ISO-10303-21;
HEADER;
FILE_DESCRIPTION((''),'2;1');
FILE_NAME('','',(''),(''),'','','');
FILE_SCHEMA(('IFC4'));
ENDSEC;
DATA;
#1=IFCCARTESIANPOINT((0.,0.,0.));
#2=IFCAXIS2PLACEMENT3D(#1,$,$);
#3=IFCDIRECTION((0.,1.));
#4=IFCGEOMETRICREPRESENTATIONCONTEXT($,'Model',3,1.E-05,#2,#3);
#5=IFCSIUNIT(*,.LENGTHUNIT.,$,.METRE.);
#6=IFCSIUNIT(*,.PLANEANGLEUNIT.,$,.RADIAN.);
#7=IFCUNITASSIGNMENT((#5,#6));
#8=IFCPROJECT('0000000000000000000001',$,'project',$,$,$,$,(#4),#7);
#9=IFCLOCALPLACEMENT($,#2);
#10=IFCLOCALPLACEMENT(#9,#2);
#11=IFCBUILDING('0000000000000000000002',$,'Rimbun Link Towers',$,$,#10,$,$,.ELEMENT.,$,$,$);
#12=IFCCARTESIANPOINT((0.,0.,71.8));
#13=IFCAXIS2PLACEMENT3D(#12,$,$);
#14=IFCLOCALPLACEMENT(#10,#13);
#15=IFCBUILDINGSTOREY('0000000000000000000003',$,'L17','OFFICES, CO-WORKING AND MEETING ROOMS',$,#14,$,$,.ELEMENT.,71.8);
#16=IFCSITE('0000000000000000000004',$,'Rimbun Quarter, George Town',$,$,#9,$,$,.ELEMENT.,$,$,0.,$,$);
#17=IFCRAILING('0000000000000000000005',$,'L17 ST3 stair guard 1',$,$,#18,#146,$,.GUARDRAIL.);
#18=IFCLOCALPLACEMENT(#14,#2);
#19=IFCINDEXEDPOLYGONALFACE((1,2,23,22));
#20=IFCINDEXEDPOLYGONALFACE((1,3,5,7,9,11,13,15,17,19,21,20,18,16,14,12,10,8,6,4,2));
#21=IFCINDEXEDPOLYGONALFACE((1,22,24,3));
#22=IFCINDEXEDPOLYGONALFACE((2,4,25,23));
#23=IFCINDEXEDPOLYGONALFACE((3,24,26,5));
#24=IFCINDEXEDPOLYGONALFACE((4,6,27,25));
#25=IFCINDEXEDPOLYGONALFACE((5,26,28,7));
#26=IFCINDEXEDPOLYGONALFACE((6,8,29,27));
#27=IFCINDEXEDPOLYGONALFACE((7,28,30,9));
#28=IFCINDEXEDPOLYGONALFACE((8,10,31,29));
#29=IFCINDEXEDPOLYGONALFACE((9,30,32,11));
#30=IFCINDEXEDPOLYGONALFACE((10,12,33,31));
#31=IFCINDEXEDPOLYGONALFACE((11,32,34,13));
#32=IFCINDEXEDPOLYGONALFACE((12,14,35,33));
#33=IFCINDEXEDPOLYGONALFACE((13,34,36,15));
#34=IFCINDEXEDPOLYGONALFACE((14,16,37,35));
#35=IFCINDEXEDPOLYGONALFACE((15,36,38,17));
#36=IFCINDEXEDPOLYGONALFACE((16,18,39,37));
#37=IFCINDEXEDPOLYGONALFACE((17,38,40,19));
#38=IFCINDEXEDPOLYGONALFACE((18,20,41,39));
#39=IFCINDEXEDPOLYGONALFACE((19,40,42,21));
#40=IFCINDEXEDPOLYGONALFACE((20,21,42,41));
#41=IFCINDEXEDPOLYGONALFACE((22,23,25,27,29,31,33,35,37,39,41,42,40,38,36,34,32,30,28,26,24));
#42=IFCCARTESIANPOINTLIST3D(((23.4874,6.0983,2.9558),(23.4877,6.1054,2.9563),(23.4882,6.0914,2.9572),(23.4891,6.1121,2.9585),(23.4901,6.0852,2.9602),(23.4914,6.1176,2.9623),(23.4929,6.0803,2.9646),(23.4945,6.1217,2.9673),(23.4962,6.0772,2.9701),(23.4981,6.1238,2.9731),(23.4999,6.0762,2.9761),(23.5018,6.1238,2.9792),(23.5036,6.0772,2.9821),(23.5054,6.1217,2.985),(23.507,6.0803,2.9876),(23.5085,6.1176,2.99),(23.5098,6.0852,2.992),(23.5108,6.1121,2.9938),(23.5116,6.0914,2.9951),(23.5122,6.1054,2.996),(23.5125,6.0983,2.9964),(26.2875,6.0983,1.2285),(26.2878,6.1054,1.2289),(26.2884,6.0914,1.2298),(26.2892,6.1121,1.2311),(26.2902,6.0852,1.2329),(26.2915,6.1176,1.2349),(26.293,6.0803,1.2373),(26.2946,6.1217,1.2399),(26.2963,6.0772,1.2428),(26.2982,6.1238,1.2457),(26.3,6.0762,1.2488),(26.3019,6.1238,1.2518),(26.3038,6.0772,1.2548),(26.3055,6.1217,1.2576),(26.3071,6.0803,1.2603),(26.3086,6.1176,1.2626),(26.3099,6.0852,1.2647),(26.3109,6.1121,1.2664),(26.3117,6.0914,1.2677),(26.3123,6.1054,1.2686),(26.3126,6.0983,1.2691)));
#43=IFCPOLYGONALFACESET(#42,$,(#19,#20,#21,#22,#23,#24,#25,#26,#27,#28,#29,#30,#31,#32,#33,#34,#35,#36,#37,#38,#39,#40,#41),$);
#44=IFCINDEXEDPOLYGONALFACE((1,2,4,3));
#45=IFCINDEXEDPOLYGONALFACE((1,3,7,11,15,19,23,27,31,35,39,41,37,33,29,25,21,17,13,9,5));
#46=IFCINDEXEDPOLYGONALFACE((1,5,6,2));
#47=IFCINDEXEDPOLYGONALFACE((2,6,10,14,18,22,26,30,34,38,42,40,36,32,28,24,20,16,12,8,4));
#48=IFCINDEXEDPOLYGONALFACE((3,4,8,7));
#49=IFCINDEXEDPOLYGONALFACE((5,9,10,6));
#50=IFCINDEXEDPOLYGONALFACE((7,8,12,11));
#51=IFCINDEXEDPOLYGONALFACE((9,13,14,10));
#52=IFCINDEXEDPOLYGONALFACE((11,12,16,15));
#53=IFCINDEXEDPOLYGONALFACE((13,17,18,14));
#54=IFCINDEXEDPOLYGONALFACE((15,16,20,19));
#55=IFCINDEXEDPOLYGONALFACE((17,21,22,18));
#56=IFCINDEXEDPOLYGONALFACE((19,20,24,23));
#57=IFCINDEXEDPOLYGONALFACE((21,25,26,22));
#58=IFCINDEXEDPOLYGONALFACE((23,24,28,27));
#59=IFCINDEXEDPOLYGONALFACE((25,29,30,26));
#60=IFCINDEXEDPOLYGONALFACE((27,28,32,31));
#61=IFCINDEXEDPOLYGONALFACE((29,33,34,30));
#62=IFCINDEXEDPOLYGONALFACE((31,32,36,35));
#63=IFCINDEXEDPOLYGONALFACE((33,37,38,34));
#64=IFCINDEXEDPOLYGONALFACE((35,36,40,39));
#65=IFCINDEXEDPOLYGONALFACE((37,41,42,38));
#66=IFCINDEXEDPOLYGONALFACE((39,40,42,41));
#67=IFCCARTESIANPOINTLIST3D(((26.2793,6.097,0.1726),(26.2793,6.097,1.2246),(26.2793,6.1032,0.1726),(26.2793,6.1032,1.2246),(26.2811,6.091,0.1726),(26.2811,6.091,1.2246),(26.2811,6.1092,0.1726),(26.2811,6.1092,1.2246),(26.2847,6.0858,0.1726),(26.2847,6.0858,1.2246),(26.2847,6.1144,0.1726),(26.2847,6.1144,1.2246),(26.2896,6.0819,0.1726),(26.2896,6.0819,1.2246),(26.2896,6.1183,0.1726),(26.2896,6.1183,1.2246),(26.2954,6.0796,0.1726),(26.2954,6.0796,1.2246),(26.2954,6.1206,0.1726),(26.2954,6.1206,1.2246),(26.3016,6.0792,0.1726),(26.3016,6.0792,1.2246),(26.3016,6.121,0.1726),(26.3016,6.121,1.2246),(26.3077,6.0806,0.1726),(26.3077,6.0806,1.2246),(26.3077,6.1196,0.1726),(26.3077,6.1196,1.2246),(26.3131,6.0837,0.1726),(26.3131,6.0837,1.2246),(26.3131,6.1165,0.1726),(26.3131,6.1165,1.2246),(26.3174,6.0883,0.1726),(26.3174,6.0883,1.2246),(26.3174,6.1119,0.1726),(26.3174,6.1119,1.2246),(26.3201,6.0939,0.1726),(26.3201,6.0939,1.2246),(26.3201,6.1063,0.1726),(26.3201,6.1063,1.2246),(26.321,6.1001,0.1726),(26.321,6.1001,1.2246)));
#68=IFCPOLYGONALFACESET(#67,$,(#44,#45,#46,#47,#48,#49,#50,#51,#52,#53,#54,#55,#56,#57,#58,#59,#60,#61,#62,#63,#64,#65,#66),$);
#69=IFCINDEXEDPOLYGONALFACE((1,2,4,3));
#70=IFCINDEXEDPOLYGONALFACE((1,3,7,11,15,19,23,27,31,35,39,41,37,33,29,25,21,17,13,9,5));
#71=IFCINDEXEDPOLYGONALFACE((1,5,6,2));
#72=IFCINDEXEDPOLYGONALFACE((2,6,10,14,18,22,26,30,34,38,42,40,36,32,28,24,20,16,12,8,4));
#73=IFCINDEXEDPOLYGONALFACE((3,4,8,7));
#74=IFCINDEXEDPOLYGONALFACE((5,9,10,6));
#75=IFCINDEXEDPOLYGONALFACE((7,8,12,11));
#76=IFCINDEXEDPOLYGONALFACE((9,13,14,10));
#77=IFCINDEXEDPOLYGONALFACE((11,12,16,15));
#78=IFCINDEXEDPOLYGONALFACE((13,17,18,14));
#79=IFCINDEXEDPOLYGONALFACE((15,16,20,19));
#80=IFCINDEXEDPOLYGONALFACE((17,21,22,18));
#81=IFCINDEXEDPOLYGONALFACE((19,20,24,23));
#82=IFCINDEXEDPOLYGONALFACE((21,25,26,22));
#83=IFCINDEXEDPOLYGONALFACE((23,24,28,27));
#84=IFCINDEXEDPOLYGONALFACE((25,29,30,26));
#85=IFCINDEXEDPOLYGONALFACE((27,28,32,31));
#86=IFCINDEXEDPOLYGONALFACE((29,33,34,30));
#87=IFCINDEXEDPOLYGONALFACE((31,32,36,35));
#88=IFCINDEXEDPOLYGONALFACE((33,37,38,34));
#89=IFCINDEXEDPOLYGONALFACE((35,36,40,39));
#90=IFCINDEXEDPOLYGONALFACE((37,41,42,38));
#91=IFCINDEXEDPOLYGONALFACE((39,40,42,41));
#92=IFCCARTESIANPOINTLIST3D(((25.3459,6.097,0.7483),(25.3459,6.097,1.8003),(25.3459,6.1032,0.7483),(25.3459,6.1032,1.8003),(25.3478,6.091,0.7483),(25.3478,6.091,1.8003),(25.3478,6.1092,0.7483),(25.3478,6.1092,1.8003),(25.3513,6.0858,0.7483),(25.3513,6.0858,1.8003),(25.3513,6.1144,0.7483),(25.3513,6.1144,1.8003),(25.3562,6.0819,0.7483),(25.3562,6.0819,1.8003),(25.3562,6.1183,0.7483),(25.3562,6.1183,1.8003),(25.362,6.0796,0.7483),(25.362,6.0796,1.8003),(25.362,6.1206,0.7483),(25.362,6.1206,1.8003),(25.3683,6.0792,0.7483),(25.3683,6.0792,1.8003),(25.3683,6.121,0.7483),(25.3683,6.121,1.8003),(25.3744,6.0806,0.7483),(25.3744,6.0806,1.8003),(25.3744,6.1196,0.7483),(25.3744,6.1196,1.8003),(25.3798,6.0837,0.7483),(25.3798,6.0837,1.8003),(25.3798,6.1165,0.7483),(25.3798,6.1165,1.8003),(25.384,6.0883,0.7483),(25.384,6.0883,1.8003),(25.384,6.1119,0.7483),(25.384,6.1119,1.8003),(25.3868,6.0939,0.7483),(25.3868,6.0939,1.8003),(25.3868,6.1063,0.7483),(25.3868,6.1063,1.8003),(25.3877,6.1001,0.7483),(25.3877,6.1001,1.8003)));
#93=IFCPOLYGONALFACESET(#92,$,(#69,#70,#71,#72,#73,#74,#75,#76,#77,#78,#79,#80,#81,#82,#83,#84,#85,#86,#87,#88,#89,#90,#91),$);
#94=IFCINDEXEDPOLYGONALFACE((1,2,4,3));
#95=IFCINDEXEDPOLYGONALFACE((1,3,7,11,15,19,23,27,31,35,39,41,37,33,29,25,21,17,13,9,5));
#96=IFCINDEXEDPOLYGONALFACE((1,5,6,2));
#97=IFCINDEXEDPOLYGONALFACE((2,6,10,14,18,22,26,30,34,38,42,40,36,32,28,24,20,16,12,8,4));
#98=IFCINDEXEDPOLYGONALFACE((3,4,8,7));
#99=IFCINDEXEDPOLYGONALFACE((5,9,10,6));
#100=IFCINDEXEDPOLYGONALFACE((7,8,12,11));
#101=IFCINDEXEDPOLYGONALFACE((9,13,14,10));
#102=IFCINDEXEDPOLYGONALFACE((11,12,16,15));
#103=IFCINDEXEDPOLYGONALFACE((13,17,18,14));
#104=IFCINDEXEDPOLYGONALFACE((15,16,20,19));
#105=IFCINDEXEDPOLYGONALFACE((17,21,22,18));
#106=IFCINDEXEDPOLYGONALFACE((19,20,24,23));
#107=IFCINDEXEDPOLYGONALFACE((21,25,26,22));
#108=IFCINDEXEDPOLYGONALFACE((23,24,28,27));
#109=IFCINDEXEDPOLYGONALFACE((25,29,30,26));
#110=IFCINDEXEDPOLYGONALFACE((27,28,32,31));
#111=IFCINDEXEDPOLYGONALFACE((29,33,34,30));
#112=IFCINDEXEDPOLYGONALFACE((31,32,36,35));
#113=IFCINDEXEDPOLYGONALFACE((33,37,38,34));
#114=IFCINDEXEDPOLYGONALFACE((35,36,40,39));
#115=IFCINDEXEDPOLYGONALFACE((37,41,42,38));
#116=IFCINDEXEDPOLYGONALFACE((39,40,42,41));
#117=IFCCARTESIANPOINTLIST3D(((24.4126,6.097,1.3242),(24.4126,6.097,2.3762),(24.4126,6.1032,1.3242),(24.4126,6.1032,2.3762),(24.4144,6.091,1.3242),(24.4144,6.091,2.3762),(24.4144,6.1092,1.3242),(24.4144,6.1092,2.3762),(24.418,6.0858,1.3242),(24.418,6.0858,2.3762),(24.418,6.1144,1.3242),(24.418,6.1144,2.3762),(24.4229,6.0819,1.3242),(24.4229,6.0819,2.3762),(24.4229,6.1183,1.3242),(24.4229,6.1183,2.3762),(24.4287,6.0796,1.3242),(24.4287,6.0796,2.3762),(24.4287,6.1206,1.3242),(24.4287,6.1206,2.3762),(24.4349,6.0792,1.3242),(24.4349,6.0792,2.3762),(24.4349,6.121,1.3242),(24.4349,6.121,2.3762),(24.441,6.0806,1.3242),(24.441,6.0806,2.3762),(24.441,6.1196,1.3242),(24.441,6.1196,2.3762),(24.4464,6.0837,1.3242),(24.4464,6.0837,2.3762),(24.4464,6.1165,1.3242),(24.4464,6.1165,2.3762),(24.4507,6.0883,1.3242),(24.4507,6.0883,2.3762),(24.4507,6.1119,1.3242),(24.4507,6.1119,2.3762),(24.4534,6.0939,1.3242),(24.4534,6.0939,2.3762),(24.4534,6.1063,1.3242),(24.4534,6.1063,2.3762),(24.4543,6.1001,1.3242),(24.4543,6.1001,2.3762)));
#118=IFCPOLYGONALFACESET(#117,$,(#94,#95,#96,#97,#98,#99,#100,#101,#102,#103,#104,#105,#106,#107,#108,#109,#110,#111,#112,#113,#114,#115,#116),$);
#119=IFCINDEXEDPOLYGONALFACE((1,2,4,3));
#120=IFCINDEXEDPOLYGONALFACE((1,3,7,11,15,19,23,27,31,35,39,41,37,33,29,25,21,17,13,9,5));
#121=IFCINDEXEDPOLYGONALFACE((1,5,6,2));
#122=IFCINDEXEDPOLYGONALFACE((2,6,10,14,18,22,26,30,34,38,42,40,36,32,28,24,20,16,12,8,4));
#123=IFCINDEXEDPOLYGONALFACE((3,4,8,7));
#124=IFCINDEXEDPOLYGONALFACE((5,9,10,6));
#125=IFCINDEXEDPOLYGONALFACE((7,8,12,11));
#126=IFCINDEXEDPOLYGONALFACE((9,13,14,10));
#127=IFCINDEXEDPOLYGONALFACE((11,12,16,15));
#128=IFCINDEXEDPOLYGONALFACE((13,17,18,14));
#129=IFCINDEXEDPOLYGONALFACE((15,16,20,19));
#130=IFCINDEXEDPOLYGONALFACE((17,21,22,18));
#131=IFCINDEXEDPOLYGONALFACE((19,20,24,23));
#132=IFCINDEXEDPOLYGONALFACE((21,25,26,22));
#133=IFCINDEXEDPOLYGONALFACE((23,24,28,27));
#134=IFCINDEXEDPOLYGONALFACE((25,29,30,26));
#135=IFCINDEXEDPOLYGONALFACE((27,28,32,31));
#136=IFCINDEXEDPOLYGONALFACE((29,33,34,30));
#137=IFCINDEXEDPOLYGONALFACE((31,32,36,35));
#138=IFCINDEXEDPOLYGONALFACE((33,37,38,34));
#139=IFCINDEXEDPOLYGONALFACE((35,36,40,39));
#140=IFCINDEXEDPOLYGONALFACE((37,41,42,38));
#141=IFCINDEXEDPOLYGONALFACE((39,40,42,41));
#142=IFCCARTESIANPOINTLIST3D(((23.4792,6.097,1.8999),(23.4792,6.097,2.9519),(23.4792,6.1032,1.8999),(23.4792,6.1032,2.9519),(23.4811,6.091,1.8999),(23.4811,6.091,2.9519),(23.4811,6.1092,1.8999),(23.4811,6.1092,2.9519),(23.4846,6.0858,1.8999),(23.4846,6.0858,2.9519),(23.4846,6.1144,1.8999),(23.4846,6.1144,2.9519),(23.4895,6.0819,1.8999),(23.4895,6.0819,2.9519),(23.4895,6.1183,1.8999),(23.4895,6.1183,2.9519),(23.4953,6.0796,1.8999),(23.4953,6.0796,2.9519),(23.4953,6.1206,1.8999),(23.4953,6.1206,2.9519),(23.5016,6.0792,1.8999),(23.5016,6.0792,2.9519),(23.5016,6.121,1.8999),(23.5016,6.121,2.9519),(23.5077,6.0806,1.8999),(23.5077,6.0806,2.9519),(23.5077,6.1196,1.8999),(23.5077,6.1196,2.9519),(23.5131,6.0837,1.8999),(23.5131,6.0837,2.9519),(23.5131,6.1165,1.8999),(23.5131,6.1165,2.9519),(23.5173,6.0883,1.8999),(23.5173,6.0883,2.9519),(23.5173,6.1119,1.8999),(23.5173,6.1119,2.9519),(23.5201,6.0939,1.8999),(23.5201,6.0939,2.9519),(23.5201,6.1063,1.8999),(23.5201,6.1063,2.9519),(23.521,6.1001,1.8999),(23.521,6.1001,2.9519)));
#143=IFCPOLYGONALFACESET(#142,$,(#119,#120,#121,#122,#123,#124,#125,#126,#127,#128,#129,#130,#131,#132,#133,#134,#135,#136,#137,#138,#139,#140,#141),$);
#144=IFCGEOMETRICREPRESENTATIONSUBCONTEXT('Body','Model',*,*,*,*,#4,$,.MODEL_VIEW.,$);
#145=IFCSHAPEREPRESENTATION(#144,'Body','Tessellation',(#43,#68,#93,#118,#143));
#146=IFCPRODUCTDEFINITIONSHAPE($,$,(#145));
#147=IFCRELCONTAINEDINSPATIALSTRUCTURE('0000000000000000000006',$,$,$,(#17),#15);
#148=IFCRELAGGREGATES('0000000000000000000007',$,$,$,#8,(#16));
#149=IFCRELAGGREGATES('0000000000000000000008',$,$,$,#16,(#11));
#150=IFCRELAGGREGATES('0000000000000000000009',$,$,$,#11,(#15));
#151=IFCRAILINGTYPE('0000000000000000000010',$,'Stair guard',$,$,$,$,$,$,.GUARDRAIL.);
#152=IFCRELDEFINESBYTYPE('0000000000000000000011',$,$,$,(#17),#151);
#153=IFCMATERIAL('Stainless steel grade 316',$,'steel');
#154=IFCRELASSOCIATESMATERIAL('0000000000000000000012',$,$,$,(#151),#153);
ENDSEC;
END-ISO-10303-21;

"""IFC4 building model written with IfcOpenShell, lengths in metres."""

from ifc_helpers import new_model, si_unit, direction, frame, origin, origin_2d, place, context, subcontext, project, spatial, circle, extrude, material, type_object, element, save


model = new_model("IFC4")

# Units and contexts
model_context = context("Model", 3, precision=1e-05, world=origin(), true_north=direction((0.0, 1.0)))
body_context = subcontext(model_context, "Body", "Model", "MODEL_VIEW")
ifc_project = project(units=[si_unit("LENGTHUNIT", "METRE"), si_unit("PLANEANGLEUNIT", "RADIAN")], contexts=[model_context])

# Site, building, storey
site_placement = place(None, origin())
site = spatial("IfcSite", under=ifc_project, at=site_placement, Name="Rimbun Quarter, George Town", CompositionType="ELEMENT", RefElevation=0.0)
building_placement = place(site_placement, origin())
building = spatial("IfcBuilding", under=site, at=building_placement, Name="Rimbun Link Towers", CompositionType="ELEMENT")
storey_placement = place(building_placement, frame((0.0, 0.0, 71.8)))
storey = spatial("IfcBuildingStorey", under=building, at=storey_placement, Name="L17", Description="OFFICES, CO-WORKING AND MEETING ROOMS", CompositionType="ELEMENT", Elevation=71.8)

# Railing
ifc_material_1 = material(Name="Stainless steel grade 316", Category="steel")
railing_type_1 = type_object("IfcRailingType", Name="Stair guard", PredefinedType="GUARDRAIL", material=ifc_material_1)
railing_1_placement = place(storey_placement, frame((26.3, 6.1001, 0.1726)))
element("IfcRailing", 1, at=railing_1_placement, inside=storey, type_object=railing_type_1, Name="L17 ST3 stair guard 1", PredefinedType="GUARDRAIL", context=body_context, shape_type="SweptSolid", body=[
    extrude(circle(Radius=0.0239, at=origin_2d()), frame((0.0, 0.0, 1.0762), z_axis=(-0.85109, 0.0, 0.52502), x_axis=(0.0, -1.0, 0.0)), (0.0, 0.0, 1.0), 3.29),
    extrude(circle(Radius=0.021, at=origin_2d()), origin(), (0.0, 0.0, 1.0), 1.052),
    extrude(circle(Radius=0.021, at=origin_2d()), frame((-0.9333, 0.0, 0.5757)), (0.0, 0.0, 1.0), 1.052),
    extrude(circle(Radius=0.021, at=origin_2d()), frame((-1.8667, 0.0, 1.1516)), (0.0, 0.0, 1.0), 1.052),
    extrude(circle(Radius=0.021, at=origin_2d()), frame((-2.8, 0.0, 1.7273)), (0.0, 0.0, 1.0), 1.052),
])

save(model, "model.ifc")
